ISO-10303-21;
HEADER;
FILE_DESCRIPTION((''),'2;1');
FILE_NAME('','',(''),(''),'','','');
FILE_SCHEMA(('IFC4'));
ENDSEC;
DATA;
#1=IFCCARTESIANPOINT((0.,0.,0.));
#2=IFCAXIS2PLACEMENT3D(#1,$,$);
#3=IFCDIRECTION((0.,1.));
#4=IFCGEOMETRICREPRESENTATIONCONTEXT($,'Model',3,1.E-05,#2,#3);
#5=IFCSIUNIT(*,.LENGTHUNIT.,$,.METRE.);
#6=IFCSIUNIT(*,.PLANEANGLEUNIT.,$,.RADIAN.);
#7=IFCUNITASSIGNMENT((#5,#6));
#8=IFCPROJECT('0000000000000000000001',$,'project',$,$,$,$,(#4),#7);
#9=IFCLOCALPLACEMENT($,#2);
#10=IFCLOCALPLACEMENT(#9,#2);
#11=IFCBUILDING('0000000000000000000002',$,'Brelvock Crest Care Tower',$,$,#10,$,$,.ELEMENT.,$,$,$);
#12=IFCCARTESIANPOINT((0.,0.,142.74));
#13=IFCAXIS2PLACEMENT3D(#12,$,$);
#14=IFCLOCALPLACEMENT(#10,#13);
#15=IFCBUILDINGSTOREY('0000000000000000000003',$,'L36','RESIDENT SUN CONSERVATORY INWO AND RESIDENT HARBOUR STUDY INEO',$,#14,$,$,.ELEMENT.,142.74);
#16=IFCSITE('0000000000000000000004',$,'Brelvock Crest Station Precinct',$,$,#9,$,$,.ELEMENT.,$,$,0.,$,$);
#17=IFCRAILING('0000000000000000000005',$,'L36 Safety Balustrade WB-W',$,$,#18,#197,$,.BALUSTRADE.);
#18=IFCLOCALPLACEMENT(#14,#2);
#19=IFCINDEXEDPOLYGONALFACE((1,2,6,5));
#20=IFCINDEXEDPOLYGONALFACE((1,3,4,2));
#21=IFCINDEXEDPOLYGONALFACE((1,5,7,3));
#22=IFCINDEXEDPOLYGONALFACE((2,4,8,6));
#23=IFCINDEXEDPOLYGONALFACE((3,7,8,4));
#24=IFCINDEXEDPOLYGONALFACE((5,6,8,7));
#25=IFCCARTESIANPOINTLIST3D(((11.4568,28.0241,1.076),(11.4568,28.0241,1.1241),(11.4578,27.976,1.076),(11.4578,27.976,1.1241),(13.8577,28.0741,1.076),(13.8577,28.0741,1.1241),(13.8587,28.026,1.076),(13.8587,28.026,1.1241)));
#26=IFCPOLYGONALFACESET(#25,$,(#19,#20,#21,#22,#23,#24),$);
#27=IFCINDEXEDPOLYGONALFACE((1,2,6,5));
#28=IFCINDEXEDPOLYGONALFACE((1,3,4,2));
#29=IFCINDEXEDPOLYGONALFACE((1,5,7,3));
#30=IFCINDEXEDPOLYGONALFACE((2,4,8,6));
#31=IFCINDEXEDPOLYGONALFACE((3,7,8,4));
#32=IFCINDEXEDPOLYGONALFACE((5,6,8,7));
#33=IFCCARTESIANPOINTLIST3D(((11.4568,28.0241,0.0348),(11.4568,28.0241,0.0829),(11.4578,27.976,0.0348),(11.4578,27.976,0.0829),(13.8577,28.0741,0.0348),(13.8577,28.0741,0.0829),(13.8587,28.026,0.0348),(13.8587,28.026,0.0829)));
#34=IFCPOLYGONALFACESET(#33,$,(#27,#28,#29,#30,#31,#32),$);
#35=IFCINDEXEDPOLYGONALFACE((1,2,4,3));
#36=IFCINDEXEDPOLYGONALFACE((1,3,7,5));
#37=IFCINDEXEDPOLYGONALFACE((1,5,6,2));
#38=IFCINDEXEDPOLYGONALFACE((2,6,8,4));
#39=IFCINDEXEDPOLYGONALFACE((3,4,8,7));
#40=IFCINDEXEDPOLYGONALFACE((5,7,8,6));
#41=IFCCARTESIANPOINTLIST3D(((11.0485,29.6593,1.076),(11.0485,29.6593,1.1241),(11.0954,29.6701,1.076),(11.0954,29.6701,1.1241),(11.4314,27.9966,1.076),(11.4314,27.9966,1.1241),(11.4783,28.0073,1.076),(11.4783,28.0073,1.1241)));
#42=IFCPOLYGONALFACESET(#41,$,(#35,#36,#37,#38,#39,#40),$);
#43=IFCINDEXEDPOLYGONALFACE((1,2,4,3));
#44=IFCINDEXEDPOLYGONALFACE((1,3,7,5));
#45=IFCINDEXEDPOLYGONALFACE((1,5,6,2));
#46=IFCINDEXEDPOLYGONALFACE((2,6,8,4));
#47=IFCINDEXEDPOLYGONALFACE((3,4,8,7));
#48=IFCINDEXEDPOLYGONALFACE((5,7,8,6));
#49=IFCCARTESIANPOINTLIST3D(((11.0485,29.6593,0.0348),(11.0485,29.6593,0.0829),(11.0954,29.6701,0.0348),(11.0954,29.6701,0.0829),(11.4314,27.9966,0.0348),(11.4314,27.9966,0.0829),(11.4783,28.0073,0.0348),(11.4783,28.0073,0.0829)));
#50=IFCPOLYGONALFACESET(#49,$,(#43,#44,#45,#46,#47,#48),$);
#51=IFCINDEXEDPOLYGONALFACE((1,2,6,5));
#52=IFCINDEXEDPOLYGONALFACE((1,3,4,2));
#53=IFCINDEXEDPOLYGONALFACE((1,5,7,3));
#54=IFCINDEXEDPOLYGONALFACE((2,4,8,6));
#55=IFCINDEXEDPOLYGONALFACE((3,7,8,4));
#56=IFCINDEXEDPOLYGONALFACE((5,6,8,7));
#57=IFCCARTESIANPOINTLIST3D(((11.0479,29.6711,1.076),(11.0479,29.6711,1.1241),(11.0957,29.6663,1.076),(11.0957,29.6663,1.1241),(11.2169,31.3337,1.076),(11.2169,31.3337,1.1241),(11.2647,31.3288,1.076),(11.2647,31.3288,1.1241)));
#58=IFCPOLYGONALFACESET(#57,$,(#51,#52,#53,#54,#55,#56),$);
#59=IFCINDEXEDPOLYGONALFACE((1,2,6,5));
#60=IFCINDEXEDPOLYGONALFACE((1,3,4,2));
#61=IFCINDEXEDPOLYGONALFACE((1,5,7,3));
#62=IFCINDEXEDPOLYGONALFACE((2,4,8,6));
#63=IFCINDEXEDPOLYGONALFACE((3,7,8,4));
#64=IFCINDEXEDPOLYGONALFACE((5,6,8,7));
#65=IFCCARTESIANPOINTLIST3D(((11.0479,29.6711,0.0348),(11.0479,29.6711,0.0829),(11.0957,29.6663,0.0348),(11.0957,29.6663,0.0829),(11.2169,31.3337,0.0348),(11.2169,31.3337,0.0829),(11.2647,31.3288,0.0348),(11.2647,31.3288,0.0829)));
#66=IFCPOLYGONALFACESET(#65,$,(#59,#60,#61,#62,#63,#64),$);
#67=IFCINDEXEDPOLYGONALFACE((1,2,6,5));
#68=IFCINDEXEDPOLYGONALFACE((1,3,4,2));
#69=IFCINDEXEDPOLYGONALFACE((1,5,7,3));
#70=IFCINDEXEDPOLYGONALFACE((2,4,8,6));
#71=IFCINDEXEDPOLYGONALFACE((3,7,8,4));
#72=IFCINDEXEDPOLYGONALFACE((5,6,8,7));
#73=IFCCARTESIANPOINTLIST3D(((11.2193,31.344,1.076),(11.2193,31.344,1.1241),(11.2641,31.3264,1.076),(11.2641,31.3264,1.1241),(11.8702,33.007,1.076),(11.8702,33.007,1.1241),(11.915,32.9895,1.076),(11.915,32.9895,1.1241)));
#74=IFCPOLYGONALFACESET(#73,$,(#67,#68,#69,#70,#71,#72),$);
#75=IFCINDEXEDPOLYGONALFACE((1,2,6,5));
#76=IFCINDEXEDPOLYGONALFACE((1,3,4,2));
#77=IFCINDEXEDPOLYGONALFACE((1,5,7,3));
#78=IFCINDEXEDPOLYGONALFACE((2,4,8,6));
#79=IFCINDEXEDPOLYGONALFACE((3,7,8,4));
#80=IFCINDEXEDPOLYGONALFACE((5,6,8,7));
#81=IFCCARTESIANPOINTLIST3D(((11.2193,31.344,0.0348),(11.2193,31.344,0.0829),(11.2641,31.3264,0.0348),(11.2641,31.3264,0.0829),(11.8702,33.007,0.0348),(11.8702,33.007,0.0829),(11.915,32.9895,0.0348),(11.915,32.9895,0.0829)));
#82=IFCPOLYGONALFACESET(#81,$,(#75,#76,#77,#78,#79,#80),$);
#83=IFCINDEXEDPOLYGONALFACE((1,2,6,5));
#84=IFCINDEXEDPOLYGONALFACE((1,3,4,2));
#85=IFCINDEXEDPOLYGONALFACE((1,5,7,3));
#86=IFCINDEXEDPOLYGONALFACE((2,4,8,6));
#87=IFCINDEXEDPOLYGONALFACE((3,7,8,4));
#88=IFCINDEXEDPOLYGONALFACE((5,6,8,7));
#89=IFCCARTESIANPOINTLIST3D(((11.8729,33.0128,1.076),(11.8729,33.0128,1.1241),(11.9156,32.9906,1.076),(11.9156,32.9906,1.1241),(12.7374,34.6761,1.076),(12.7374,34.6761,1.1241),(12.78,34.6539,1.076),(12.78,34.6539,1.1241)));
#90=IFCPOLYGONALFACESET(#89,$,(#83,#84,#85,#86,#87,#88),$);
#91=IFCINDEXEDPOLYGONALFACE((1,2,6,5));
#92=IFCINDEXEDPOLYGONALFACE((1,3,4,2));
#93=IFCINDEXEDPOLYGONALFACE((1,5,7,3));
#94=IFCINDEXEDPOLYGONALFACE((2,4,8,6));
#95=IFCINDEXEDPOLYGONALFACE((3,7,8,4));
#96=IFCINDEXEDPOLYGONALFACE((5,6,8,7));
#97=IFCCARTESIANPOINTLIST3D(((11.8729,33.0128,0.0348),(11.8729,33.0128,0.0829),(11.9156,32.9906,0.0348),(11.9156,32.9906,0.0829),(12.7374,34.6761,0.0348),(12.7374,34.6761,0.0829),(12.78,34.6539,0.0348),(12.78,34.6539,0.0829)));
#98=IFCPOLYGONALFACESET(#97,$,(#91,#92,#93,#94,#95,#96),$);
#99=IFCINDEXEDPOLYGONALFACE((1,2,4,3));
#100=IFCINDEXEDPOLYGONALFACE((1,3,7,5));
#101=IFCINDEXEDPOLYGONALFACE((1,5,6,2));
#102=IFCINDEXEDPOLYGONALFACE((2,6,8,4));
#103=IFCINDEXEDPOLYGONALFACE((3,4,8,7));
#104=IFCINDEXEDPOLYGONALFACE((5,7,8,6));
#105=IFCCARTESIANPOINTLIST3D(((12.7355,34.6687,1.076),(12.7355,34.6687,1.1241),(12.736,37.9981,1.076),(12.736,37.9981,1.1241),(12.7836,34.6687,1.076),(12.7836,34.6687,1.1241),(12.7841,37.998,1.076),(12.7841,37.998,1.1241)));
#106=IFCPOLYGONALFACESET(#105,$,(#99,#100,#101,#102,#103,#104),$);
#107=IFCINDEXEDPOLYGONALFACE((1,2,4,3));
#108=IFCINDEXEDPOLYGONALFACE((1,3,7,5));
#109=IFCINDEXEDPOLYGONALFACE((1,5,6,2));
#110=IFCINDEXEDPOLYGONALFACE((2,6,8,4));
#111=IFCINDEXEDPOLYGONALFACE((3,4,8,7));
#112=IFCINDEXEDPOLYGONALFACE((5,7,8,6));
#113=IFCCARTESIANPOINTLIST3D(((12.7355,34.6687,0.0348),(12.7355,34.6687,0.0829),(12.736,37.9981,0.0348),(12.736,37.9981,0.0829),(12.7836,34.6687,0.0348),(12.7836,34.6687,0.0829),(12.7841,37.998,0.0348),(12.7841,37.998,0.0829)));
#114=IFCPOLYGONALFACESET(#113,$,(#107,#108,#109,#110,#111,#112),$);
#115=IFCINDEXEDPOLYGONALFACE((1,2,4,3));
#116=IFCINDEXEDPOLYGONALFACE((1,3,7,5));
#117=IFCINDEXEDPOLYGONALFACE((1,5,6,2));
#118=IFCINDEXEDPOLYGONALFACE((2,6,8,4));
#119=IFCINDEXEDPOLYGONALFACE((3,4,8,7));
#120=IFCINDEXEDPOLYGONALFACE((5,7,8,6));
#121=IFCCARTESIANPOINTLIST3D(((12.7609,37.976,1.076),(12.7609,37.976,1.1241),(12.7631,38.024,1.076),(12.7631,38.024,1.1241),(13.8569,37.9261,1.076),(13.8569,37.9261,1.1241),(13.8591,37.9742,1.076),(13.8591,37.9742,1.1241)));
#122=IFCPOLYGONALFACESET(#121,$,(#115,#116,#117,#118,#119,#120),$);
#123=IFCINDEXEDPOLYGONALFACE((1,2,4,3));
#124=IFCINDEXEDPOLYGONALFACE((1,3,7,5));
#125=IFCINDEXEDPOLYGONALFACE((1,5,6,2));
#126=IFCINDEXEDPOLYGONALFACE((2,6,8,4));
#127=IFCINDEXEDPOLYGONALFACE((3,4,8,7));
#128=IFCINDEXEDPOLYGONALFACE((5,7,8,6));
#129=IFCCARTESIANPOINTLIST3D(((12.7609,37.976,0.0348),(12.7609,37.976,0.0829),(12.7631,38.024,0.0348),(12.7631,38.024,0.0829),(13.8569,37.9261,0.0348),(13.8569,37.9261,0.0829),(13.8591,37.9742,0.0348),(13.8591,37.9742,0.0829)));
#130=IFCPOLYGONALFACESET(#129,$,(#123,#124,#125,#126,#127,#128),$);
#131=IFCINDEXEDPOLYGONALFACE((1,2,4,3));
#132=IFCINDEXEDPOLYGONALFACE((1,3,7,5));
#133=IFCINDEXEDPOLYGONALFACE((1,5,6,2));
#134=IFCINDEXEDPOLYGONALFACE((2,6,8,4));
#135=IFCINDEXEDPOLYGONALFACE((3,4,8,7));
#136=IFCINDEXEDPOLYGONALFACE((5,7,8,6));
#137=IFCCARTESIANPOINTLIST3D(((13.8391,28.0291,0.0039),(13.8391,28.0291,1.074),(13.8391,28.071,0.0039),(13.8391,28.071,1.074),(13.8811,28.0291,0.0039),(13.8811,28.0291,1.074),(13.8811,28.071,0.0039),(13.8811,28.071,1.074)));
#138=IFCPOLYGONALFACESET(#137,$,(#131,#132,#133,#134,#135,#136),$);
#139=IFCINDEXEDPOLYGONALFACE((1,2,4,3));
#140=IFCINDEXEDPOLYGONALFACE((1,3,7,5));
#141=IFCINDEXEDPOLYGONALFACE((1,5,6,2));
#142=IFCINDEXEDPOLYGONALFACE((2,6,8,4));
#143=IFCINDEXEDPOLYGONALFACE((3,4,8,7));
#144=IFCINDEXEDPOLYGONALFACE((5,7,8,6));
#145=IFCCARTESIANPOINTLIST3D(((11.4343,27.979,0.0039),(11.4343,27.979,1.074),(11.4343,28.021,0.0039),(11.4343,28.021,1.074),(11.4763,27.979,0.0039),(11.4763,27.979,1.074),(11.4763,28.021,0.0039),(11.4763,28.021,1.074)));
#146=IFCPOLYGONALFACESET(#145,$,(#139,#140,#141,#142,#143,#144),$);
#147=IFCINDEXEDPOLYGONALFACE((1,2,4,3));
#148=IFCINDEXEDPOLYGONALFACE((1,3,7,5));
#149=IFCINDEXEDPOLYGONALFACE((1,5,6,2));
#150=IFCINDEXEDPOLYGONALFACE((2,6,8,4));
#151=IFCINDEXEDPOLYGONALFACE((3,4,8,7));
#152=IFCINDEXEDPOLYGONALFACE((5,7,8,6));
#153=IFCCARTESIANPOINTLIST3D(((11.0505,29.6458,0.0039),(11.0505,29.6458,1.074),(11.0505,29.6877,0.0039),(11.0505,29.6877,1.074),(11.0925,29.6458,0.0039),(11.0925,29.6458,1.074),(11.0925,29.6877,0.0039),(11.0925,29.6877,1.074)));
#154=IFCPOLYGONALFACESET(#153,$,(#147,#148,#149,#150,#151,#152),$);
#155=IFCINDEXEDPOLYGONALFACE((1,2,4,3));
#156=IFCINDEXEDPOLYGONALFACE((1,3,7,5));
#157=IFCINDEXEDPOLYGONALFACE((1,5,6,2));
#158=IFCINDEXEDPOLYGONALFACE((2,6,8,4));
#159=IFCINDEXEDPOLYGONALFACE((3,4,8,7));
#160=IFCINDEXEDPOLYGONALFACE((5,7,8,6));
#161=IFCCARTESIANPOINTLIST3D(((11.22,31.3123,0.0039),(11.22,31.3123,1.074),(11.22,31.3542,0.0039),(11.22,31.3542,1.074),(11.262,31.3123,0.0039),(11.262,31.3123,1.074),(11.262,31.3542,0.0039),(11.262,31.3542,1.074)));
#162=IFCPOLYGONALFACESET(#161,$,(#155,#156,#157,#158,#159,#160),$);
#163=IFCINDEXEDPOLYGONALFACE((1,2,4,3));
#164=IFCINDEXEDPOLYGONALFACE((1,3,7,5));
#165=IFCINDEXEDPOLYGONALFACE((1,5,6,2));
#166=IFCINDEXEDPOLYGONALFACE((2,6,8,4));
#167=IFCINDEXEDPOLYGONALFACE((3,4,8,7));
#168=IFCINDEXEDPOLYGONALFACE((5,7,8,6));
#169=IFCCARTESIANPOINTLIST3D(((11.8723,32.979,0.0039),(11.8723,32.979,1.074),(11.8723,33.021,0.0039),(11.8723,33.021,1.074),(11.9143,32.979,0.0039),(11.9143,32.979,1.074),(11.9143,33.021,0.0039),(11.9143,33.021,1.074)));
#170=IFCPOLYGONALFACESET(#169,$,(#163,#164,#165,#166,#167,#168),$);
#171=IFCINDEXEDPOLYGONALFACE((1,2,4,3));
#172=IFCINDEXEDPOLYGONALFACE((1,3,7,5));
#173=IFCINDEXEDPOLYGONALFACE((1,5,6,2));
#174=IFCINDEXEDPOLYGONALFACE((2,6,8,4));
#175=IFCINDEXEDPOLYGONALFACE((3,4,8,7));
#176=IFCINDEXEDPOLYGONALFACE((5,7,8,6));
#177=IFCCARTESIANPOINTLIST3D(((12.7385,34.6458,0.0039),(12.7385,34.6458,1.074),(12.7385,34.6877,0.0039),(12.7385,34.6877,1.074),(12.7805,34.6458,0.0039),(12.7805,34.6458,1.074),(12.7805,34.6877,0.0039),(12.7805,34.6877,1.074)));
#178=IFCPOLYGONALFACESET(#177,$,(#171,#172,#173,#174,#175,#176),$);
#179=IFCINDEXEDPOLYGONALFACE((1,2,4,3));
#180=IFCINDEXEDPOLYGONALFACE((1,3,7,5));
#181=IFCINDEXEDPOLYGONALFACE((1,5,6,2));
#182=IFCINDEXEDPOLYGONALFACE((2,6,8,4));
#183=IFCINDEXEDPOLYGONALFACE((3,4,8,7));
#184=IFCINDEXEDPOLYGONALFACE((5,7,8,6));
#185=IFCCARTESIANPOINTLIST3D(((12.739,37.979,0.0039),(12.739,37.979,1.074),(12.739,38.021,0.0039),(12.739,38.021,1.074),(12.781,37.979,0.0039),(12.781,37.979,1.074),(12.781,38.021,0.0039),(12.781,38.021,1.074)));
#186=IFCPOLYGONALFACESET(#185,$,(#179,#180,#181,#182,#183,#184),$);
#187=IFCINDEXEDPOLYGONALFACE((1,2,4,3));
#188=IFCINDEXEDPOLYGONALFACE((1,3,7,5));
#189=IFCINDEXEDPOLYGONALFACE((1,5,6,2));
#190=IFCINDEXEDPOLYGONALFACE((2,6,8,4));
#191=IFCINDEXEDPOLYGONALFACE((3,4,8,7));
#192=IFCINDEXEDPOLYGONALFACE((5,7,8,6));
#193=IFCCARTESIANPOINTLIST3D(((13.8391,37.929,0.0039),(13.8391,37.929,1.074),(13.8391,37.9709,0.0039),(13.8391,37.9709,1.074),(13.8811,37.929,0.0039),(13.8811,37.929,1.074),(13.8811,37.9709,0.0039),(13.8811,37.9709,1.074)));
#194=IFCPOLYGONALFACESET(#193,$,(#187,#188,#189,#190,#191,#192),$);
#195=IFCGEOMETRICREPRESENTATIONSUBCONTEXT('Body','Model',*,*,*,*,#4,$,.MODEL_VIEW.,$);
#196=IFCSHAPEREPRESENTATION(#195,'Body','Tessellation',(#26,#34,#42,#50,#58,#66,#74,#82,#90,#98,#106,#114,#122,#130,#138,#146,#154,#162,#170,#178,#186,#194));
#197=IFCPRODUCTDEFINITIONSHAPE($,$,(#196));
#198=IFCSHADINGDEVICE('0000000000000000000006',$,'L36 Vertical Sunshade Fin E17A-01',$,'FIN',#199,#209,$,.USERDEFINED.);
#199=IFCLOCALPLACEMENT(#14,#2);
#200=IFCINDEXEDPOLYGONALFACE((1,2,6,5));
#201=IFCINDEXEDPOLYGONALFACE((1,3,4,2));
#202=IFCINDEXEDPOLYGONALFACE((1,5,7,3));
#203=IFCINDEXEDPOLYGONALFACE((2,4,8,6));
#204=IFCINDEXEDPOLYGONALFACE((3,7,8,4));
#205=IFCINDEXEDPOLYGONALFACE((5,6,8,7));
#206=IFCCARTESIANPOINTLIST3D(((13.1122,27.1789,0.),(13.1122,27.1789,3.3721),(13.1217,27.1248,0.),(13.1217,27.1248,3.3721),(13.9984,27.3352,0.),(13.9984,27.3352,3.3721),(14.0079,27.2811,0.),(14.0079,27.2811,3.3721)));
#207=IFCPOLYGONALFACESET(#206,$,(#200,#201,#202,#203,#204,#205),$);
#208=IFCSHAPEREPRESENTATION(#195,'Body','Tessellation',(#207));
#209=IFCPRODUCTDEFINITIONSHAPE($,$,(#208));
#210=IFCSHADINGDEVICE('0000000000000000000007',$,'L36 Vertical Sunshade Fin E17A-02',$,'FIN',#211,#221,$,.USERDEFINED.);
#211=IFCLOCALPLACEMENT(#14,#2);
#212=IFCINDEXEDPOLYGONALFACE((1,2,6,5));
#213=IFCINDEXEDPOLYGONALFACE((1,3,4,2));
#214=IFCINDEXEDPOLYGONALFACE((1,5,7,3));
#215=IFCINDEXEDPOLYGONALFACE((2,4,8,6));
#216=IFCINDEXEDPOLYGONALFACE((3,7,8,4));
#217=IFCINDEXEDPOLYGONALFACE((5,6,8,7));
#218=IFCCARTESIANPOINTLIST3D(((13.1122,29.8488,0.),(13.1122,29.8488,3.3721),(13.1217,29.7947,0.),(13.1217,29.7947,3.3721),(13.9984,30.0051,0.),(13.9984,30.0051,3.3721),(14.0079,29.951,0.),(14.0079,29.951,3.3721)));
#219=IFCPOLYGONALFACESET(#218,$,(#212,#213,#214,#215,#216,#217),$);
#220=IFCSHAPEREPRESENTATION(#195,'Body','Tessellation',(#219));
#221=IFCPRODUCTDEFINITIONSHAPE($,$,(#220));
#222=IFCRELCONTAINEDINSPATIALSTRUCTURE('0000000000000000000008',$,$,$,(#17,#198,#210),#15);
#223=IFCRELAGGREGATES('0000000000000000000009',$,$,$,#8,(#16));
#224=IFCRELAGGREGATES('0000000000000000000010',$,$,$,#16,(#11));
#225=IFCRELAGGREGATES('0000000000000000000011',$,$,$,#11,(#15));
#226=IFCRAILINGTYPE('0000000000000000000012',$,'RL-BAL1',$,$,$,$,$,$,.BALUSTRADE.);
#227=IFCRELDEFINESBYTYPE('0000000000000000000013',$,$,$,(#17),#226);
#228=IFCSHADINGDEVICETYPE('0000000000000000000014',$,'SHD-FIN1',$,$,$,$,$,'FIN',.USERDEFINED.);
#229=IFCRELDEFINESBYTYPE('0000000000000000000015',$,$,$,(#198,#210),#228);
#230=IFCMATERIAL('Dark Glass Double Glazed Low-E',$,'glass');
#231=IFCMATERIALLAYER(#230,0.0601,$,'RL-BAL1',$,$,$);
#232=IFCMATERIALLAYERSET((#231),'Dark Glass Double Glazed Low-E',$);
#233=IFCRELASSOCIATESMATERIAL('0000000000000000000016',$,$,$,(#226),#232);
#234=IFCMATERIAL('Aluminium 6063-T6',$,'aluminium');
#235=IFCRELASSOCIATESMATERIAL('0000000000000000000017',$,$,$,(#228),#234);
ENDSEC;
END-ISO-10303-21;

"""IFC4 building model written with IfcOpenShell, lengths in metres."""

from ifc_helpers import new_model, si_unit, direction, frame, origin, origin_2d, place, context, subcontext, project, spatial, rectangle, extrude, source, transform, mapped, material, layer, layer_set, material_profile, profile_set, type_object, element, save


model = new_model("IFC4")

# Units and contexts
model_context = context("Model", 3, precision=1e-05, world=origin(), true_north=direction((0.0, 1.0)))
body_context = subcontext(model_context, "Body", "Model", "MODEL_VIEW")
ifc_project = project(units=[si_unit("LENGTHUNIT", "METRE"), si_unit("PLANEANGLEUNIT", "RADIAN")], contexts=[model_context])

# Site, building, storey
site_placement = place(None, origin())
site = spatial("IfcSite", under=ifc_project, at=site_placement, Name="Brelvock Crest Station Precinct", CompositionType="ELEMENT", RefElevation=0.0)
building_placement = place(site_placement, origin())
building = spatial("IfcBuilding", under=site, at=building_placement, Name="Brelvock Crest Care Tower", CompositionType="ELEMENT")
storey_placement = place(building_placement, frame((0.0, 0.0, 142.74)))
storey = spatial("IfcBuildingStorey", under=building, at=storey_placement, Name="L36", Description="RESIDENT SUN CONSERVATORY INWO AND RESIDENT HARBOUR STUDY INEO", CompositionType="ELEMENT", Elevation=142.74)

# Shared definitions
ifc_material_1 = material(Name="Dark Glass Double Glazed Low-E", Category="glass")
ifc_material_2 = material(Name="Aluminium 6063-T6", Category="aluminium")

# Railing
ifc_layer_1 = layer(ifc_material_1, 0.0601, Name="RL-BAL1")
ifc_layer_set_1 = layer_set([ifc_layer_1], Name="Dark Glass Double Glazed Low-E")
railing_type = type_object("IfcRailingType", Name="RL-BAL1", PredefinedType="BALUSTRADE", material=ifc_layer_set_1)
railing_placement = place(storey_placement, frame((13.8601, 28.05, 0.0039)))
element("IfcRailing", 1, at=railing_placement, inside=storey, type_object=railing_type, Name="L36 Safety Balustrade WB-W", PredefinedType="BALUSTRADE", context=body_context, shape_type="SweptSolid", body=[
    extrude(rectangle(XDim=0.0481, YDim=0.0481, at=origin_2d()), frame((-0.002, 0.0, 1.0962), z_axis=(-0.999783, -0.020808, 0.0), x_axis=(0.020808, -0.999783, 0.0)), (0.0, 0.0, 1.0), 2.4014),
    extrude(rectangle(XDim=0.0481, YDim=0.0481, at=origin_2d()), frame((-0.002, 0.0, 0.0549), z_axis=(-0.999783, -0.020808, 0.0), x_axis=(0.020808, -0.999783, 0.0)), (0.0, 0.0, 1.0), 2.4014),
    extrude(rectangle(XDim=0.0481, YDim=0.0481, at=origin_2d()), frame((-2.4053, -0.0481, 1.0962), z_axis=(-0.22439, 0.974499, 0.0), x_axis=(-0.974499, -0.22439, 0.0)), (0.0, 0.0, 1.0), 1.7063),
    extrude(rectangle(XDim=0.0481, YDim=0.0481, at=origin_2d()), frame((-2.4053, -0.0481, 0.0549), z_axis=(-0.22439, 0.974499, 0.0), x_axis=(-0.974499, -0.22439, 0.0)), (0.0, 0.0, 1.0), 1.7063),
    extrude(rectangle(XDim=0.0481, YDim=0.0481, at=origin_2d()), frame((-2.7883, 1.6187, 1.0962), z_axis=(0.101149, 0.994871, 0.0), x_axis=(-0.994871, 0.101149, 0.0)), (0.0, 0.0, 1.0), 1.6711),
    extrude(rectangle(XDim=0.0481, YDim=0.0481, at=origin_2d()), frame((-2.7883, 1.6187, 0.0549), z_axis=(0.101149, 0.994871, 0.0), x_axis=(-0.994871, 0.101149, 0.0)), (0.0, 0.0, 1.0), 1.6711),
    extrude(rectangle(XDim=0.0481, YDim=0.0481, at=origin_2d()), frame((-2.6184, 3.2852, 1.0962), z_axis=(0.364466, 0.931217, 0.0), x_axis=(-0.931217, 0.364466, 0.0)), (0.0, 0.0, 1.0), 1.7859),
    extrude(rectangle(XDim=0.0481, YDim=0.0481, at=origin_2d()), frame((-2.6184, 3.2852, 0.0549), z_axis=(0.364466, 0.931217, 0.0), x_axis=(-0.931217, 0.364466, 0.0)), (0.0, 0.0, 1.0), 1.7859),
    extrude(rectangle(XDim=0.0481, YDim=0.0481, at=origin_2d()), frame((-1.9658, 4.9517, 1.0962), z_axis=(0.461144, 0.887325, 0.0), x_axis=(-0.887325, 0.461144, 0.0)), (0.0, 0.0, 1.0), 1.8745),
    extrude(rectangle(XDim=0.0481, YDim=0.0481, at=origin_2d()), frame((-1.9658, 4.9517, 0.0549), z_axis=(0.461144, 0.887325, 0.0), x_axis=(-0.887325, 0.461144, 0.0)), (0.0, 0.0, 1.0), 1.8745),
    extrude(rectangle(XDim=0.0481, YDim=0.0481, at=origin_2d()), frame((-1.1006, 6.6187, 1.0962), z_axis=(0.000146, 1.0, 0.0), x_axis=(-1.0, 0.000146, 0.0)), (0.0, 0.0, 1.0), 3.3293),
    extrude(rectangle(XDim=0.0481, YDim=0.0481, at=origin_2d()), frame((-1.1006, 6.6187, 0.0549), z_axis=(0.000146, 1.0, 0.0), x_axis=(-1.0, 0.000146, 0.0)), (0.0, 0.0, 1.0), 3.3293),
    extrude(rectangle(XDim=0.0481, YDim=0.0481, at=origin_2d()), frame((-1.0981, 9.95, 1.0962), z_axis=(0.998967, -0.045448, 0.0), x_axis=(0.045448, 0.998967, 0.0)), (0.0, 0.0, 1.0), 1.0972),
    extrude(rectangle(XDim=0.0481, YDim=0.0481, at=origin_2d()), frame((-1.0981, 9.95, 0.0549), z_axis=(0.998967, -0.045448, 0.0), x_axis=(0.045448, 0.998967, 0.0)), (0.0, 0.0, 1.0), 1.0972),
    extrude(rectangle(XDim=0.042, YDim=0.042, at=origin_2d()), origin(), (0.0, 0.0, 1.0), 1.0701),
    extrude(rectangle(XDim=0.042, YDim=0.042, at=origin_2d()), frame((-2.4048, -0.05, 0.0)), (0.0, 0.0, 1.0), 1.0701),
    extrude(rectangle(XDim=0.042, YDim=0.042, at=origin_2d()), frame((-2.7886, 1.6167, 0.0)), (0.0, 0.0, 1.0), 1.0701),
    extrude(rectangle(XDim=0.042, YDim=0.042, at=origin_2d()), frame((-2.6191, 3.2832, 0.0)), (0.0, 0.0, 1.0), 1.0701),
    extrude(rectangle(XDim=0.042, YDim=0.042, at=origin_2d()), frame((-1.9668, 4.95, 0.0)), (0.0, 0.0, 1.0), 1.0701),
    extrude(rectangle(XDim=0.042, YDim=0.042, at=origin_2d()), frame((-1.1006, 6.6167, 0.0)), (0.0, 0.0, 1.0), 1.0701),
    extrude(rectangle(XDim=0.042, YDim=0.042, at=origin_2d()), frame((-1.1001, 9.95, 0.0)), (0.0, 0.0, 1.0), 1.0701),
    extrude(rectangle(XDim=0.042, YDim=0.042, at=origin_2d()), frame((0.0, 9.8999, 0.0)), (0.0, 0.0, 1.0), 1.0701),
])

# Shading devices
ifc_material_profile_1 = material_profile(ifc_material_2, rectangle(XDim=0.0549, YDim=0.8999, at=origin_2d()), Name="FIN55x900")
ifc_profile_set_1 = profile_set([ifc_material_profile_1], Name="Aluminium 6063-T6")
shading_device_type = type_object("IfcShadingDeviceType", Name="SHD-FIN1", ElementType="FIN", PredefinedType="USERDEFINED", material=ifc_profile_set_1)
shared_shape_1 = source(origin(), body_context, "Body", "SweptSolid", [
    extrude(rectangle(XDim=0.0549, YDim=0.8999, at=origin_2d()), origin(), (0.0, 0.0, 1.0), 3.3721),
])
for number, where, z_axis, x_axis, name in (
    (2, (13.5601, 27.23, 0.0), (0.0, 0.0, 1.0), (-0.173648, 0.984808, 0.0), "L36 Vertical Sunshade Fin E17A-01"),
    (3, (13.5601, 29.8999, 0.0), (0.0, 0.0, 1.0), (-0.173648, 0.984808, 0.0), "L36 Vertical Sunshade Fin E17A-02"),
):
    element("IfcShadingDevice", number, at=place(storey_placement, frame(where, z_axis=z_axis, x_axis=x_axis)), inside=storey, type_object=shading_device_type, Name=name, ObjectType="FIN", PredefinedType="USERDEFINED", context=body_context, shape_type="MappedRepresentation", body=[
        mapped(shared_shape_1, transform((0.0, 0.0, 0.0), x_axis=(1.0, 0.0, 0.0), y_axis=(0.0, 1.0, 0.0), z_axis=(0.0, 0.0, 1.0), scale=1.0)),
    ])

save(model, "model.ifc")
